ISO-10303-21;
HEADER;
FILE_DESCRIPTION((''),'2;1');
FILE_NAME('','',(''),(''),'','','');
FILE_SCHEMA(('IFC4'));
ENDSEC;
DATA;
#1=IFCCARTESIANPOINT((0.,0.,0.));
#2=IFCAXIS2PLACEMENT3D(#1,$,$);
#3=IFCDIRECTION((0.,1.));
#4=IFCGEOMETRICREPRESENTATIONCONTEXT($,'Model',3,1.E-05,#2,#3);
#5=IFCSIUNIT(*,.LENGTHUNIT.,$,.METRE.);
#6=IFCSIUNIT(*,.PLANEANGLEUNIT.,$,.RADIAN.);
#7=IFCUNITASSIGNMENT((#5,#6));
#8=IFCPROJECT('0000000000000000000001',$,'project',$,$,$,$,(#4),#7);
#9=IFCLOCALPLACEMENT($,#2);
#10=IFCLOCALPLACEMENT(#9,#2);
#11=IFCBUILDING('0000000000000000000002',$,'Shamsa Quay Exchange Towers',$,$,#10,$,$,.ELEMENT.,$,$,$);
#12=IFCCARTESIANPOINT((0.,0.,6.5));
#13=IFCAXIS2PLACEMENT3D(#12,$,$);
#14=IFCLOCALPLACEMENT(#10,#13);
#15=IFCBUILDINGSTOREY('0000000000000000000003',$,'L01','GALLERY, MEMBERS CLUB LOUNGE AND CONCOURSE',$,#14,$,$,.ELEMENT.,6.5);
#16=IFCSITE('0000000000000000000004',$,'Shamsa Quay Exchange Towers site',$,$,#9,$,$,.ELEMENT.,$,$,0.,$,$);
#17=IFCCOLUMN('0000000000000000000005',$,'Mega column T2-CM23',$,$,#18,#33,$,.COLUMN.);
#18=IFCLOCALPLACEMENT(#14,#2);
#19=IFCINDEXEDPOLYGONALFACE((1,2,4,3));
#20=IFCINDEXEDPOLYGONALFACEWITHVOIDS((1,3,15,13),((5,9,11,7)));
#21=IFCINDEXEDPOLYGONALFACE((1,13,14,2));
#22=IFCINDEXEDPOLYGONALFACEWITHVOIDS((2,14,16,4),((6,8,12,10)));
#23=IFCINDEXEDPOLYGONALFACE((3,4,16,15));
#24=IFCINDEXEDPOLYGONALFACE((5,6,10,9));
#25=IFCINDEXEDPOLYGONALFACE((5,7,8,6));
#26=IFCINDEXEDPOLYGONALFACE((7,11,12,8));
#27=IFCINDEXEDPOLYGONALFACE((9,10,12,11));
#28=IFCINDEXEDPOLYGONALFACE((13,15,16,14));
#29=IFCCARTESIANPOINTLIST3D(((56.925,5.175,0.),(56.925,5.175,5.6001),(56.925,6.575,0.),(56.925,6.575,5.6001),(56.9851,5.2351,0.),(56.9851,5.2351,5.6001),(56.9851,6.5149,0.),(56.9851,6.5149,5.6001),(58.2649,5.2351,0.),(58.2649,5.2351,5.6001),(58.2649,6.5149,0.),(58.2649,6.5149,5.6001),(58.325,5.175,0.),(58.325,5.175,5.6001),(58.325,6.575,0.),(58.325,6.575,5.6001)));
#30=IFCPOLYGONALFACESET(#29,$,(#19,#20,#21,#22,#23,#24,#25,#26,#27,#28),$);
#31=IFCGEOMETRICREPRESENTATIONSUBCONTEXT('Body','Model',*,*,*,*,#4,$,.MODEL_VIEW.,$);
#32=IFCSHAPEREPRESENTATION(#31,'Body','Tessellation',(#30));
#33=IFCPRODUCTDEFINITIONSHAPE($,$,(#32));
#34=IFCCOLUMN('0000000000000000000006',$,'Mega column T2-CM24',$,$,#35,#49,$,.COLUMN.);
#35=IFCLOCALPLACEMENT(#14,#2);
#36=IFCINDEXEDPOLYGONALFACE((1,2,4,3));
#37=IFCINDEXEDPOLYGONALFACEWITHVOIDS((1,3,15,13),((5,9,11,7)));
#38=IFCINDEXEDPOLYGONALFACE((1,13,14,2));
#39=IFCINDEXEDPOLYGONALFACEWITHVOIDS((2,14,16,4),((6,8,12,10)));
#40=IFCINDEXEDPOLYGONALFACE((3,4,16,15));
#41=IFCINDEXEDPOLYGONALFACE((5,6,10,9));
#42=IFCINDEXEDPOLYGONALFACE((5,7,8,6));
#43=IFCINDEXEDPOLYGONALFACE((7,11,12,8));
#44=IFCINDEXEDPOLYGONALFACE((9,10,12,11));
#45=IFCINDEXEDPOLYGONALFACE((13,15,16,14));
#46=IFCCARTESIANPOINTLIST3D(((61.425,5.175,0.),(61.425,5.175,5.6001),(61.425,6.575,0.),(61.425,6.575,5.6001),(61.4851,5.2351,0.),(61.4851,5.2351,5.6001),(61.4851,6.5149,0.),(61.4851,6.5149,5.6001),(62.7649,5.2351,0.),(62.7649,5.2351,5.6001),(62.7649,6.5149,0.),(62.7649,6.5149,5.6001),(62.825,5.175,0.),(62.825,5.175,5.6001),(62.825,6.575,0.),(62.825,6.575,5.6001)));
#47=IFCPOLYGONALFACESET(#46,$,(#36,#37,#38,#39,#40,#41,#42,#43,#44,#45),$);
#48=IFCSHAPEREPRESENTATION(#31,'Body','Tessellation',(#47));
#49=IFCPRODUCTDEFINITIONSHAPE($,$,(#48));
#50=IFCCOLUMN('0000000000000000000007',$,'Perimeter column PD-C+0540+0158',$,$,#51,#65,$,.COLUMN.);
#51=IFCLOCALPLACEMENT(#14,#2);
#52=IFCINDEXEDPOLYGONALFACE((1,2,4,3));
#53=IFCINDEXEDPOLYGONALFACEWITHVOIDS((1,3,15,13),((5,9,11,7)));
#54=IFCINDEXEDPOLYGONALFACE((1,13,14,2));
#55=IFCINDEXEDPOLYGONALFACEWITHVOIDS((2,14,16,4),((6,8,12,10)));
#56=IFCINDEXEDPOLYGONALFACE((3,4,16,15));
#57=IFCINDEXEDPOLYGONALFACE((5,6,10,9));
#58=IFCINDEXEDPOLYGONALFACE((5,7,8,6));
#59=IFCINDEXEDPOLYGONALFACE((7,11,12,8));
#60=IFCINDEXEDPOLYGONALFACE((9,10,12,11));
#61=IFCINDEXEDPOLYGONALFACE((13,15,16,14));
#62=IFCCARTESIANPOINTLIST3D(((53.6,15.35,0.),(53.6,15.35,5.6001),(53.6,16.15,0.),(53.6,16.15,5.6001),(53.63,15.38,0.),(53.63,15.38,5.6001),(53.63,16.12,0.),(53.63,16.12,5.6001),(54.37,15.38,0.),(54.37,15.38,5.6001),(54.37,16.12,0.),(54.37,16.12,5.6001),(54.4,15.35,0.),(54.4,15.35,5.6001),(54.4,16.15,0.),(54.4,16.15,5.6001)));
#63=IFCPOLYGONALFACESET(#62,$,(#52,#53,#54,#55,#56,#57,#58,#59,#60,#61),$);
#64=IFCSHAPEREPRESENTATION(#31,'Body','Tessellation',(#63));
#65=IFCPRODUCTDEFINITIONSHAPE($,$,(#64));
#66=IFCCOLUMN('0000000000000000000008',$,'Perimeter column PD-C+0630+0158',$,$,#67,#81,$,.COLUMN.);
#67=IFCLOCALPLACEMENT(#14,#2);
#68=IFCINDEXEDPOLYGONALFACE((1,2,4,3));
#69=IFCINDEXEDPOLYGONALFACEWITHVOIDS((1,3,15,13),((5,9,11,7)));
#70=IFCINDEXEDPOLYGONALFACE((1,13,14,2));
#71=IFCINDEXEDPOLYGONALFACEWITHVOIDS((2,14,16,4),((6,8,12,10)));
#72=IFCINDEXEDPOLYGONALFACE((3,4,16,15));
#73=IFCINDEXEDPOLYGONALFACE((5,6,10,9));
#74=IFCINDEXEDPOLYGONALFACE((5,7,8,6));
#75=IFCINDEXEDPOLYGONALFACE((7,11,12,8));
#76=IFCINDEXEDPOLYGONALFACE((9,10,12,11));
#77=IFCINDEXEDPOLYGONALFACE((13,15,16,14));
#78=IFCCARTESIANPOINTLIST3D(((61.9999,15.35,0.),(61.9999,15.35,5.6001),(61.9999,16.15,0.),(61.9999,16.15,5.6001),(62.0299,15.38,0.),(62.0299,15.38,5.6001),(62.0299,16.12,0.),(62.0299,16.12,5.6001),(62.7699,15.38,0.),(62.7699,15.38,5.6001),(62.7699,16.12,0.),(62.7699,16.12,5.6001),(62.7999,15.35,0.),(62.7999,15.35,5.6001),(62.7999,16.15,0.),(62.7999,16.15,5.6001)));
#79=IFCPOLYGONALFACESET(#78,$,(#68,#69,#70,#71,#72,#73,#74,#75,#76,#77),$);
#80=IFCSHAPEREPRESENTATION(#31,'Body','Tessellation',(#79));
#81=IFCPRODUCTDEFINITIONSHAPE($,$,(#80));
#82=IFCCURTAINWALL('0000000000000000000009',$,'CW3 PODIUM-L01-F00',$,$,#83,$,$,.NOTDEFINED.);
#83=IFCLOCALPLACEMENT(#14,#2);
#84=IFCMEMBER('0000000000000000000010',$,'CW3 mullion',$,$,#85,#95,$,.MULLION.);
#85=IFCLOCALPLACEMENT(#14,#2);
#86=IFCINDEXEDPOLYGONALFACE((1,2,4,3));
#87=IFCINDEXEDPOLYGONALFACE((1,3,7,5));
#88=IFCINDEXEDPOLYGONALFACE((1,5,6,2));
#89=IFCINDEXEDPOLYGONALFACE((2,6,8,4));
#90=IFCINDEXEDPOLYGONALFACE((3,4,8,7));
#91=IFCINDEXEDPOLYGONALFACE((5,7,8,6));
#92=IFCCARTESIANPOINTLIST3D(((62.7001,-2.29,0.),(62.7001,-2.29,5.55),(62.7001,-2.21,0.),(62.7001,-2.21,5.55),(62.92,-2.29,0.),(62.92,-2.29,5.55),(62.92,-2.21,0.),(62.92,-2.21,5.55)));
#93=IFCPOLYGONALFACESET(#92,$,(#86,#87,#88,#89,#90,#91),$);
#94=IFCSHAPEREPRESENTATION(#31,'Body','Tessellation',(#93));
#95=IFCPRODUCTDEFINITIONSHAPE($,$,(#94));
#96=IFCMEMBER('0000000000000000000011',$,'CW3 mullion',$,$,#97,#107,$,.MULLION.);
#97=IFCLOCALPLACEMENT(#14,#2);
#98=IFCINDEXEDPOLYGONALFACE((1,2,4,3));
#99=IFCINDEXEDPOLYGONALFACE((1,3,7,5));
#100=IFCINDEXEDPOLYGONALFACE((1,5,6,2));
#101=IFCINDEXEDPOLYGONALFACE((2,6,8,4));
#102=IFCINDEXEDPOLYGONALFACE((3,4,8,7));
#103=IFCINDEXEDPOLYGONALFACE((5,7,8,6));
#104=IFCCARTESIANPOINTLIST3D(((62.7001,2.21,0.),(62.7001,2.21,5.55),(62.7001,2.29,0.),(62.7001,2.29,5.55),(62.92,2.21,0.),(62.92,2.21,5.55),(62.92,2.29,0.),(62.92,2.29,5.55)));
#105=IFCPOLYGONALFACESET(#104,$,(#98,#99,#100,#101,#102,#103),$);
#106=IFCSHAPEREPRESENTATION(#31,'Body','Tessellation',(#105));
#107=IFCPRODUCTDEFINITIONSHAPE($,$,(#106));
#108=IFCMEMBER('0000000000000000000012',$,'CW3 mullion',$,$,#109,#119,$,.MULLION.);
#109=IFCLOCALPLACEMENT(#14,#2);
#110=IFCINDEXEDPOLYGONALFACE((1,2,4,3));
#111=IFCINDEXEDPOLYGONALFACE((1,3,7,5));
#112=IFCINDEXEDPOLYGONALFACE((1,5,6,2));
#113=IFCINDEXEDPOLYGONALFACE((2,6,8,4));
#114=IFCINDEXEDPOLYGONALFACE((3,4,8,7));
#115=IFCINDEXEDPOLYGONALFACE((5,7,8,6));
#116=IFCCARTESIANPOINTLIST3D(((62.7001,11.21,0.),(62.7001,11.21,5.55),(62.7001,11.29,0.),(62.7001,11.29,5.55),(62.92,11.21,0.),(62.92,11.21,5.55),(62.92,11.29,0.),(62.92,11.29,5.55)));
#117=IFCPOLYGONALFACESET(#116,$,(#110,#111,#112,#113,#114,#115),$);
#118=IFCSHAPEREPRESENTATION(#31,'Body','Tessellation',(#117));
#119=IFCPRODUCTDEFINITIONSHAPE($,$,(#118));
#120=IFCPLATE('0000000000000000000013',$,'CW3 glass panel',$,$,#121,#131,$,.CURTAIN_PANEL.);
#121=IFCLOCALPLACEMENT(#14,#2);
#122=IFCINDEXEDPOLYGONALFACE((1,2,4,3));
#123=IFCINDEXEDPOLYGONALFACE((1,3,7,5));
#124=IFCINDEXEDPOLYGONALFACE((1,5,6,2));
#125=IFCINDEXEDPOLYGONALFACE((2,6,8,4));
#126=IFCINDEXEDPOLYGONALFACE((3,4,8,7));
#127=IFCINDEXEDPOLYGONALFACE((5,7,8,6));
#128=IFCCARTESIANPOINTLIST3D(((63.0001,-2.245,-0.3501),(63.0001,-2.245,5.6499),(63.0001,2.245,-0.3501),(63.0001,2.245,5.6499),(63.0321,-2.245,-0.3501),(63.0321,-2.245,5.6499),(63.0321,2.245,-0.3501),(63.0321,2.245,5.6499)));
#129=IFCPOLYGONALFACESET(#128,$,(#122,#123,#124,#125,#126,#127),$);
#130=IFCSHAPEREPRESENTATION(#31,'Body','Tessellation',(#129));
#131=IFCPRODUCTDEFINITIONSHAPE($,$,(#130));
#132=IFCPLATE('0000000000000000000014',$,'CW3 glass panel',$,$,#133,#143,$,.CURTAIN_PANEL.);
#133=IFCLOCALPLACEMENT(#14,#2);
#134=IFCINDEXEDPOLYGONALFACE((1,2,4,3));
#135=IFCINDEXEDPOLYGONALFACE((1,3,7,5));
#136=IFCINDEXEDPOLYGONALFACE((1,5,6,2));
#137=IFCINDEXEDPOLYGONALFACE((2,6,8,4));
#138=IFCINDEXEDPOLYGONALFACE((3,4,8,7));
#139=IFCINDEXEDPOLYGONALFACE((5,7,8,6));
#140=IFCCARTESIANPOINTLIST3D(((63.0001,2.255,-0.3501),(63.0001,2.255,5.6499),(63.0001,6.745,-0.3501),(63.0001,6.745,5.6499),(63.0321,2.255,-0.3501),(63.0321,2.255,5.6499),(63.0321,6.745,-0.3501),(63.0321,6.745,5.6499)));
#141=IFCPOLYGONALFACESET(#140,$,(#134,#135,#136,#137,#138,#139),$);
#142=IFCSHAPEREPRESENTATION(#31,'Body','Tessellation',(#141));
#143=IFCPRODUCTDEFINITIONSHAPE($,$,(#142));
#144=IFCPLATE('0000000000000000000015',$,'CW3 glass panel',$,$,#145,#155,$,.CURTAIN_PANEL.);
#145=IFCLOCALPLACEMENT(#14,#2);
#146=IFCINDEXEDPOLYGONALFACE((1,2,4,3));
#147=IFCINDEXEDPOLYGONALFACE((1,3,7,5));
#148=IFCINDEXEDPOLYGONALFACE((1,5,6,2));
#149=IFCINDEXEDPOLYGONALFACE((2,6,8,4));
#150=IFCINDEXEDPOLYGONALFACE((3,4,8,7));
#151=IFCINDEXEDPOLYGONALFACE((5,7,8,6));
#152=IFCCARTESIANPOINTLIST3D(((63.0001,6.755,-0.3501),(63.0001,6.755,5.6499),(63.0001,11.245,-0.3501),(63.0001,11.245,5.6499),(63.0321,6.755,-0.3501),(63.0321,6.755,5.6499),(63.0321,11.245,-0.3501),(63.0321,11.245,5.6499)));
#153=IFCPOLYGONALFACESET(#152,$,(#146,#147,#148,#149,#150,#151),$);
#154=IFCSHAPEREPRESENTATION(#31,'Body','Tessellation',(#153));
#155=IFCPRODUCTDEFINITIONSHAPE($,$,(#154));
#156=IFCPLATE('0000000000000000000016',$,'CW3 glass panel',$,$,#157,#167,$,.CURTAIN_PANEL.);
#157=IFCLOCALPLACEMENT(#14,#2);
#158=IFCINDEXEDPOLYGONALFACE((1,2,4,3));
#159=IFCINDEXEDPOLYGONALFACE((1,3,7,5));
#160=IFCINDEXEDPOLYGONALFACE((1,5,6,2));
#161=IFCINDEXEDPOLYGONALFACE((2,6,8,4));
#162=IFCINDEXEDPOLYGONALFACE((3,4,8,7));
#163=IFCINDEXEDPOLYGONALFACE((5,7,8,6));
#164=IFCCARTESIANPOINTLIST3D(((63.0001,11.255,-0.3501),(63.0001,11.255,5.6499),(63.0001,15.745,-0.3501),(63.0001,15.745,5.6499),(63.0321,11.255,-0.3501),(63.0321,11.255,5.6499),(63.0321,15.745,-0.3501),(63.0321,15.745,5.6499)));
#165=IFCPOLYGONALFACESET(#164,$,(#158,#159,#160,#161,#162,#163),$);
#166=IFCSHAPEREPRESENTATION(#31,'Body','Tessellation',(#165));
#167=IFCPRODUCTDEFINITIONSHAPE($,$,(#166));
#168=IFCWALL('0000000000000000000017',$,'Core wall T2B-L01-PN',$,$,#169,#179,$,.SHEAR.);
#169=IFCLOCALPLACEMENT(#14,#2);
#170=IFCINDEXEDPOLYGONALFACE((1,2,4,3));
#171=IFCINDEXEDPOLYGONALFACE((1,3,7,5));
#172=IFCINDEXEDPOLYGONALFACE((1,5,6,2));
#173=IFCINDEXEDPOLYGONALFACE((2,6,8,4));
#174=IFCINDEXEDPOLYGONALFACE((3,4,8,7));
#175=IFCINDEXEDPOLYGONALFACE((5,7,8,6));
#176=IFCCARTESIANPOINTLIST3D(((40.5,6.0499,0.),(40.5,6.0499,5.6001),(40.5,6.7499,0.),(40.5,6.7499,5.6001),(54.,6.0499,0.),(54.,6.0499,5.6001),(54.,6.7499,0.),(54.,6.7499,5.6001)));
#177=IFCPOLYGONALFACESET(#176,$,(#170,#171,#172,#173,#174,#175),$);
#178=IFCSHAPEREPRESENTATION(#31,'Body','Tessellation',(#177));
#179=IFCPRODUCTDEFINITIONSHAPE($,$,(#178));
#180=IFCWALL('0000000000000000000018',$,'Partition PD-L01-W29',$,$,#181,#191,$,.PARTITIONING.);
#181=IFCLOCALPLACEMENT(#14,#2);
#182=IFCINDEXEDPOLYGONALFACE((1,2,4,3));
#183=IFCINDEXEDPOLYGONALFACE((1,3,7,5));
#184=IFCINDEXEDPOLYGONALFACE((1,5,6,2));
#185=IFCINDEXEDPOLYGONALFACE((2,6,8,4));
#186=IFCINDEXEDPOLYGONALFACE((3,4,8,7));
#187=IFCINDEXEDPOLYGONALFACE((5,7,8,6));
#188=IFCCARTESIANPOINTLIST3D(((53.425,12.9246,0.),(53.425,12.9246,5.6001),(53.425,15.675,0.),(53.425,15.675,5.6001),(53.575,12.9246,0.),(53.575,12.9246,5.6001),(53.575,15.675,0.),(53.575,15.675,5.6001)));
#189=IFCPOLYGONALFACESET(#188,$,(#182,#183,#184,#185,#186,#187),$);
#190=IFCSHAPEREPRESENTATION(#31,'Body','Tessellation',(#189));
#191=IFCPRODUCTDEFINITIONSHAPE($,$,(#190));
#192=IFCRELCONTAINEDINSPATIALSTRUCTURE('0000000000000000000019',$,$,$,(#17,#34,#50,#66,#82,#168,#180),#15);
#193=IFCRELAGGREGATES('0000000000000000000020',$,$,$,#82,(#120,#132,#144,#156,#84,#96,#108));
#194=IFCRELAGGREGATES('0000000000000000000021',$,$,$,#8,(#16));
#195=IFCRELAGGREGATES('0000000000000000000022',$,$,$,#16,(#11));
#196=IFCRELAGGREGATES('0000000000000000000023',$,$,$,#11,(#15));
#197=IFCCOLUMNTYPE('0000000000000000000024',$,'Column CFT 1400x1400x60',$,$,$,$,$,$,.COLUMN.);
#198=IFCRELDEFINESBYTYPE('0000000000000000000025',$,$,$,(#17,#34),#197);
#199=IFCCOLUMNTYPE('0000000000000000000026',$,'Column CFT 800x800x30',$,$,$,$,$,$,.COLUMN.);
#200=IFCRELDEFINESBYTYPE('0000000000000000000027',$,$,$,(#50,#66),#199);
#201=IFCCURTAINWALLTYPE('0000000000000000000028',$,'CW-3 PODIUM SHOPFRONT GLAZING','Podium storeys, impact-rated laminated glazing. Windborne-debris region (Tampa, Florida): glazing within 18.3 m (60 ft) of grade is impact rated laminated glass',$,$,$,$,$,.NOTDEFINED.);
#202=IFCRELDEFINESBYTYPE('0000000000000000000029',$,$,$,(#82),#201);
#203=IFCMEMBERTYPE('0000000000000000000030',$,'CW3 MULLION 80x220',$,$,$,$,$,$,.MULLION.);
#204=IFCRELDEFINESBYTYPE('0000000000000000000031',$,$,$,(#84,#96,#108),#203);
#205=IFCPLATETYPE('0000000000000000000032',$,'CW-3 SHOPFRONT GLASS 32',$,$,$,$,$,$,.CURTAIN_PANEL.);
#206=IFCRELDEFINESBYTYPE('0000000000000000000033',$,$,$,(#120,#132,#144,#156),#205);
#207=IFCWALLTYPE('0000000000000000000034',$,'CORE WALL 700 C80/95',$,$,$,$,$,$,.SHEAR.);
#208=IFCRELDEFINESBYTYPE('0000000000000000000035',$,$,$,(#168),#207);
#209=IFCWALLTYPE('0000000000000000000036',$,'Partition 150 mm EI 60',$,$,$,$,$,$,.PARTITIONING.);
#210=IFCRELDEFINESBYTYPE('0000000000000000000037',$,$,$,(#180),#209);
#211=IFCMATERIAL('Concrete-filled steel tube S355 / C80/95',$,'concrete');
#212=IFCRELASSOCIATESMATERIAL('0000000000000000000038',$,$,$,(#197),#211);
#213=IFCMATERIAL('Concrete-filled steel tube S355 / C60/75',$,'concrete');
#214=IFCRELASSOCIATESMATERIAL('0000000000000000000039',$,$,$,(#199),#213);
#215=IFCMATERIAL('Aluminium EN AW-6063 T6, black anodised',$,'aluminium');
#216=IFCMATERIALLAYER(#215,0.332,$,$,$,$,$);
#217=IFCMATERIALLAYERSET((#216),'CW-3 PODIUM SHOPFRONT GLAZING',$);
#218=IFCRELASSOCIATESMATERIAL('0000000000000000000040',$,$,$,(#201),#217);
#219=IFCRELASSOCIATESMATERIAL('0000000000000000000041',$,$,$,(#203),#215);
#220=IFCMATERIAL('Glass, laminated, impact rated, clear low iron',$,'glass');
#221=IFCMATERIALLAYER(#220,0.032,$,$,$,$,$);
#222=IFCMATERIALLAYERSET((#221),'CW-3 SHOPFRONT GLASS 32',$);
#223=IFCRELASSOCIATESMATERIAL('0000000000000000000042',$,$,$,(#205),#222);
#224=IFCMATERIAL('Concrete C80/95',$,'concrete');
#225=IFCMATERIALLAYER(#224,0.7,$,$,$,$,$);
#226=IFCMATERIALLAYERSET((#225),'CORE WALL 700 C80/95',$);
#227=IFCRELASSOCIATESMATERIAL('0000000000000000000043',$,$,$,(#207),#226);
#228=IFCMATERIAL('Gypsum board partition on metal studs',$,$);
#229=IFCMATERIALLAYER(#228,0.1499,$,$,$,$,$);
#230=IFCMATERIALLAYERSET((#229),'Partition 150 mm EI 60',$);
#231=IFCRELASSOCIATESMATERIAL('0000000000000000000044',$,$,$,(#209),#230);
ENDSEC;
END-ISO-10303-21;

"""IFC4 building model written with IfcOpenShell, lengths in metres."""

from ifc_helpers import new_model, si_unit, direction, frame, frame_2d, origin, origin_2d, place, context, subcontext, project, spatial, rectangle, hollow_rectangle, extrude, material, layer, layer_set, material_profile, profile_set, type_object, element, aggregate, save


model = new_model("IFC4")

# Units and contexts
model_context = context("Model", 3, precision=1e-05, world=origin(), true_north=direction((0.0, 1.0)))
body_context = subcontext(model_context, "Body", "Model", "MODEL_VIEW")
ifc_project = project(units=[si_unit("LENGTHUNIT", "METRE"), si_unit("PLANEANGLEUNIT", "RADIAN")], contexts=[model_context])

# Site, building, storey
site_placement = place(None, origin())
site = spatial("IfcSite", under=ifc_project, at=site_placement, Name="Shamsa Quay Exchange Towers site", CompositionType="ELEMENT", RefElevation=0.0)
building_placement = place(site_placement, origin())
building = spatial("IfcBuilding", under=site, at=building_placement, Name="Shamsa Quay Exchange Towers", CompositionType="ELEMENT")
storey_placement = place(building_placement, frame((0.0, 0.0, 6.5)))
storey = spatial("IfcBuildingStorey", under=building, at=storey_placement, Name="L01", Description="GALLERY, MEMBERS CLUB LOUNGE AND CONCOURSE", CompositionType="ELEMENT", Elevation=6.5)

# Columns
ifc_material_1 = material(Name="Concrete-filled steel tube S355 / C80/95", Category="concrete")
ifc_material_profile_1 = material_profile(ifc_material_1, hollow_rectangle(XDim=1.3999, YDim=1.3999, WallThickness=0.0601, at=origin_2d()), Name="CFT 1400x1400x60")
ifc_profile_set_1 = profile_set([ifc_material_profile_1], Name="Concrete-filled steel tube S355 / C80/95")
column_type_1 = type_object("IfcColumnType", Name="Column CFT 1400x1400x60", PredefinedType="COLUMN", material=ifc_profile_set_1)
for number, where, name in (
    (1, (57.625, 5.875, 0.0), "Mega column T2-CM23"),
    (2, (62.125, 5.875, 0.0), "Mega column T2-CM24"),
):
    element("IfcColumn", number, at=place(storey_placement, frame(where)), inside=storey, type_object=column_type_1, Name=name, PredefinedType="COLUMN", context=body_context, shape_type="SweptSolid", body=[
        extrude(hollow_rectangle(XDim=1.3999, YDim=1.3999, WallThickness=0.0601, at=origin_2d()), origin(), (0.0, 0.0, 1.0), 5.6001),
    ])
ifc_material_2 = material(Name="Concrete-filled steel tube S355 / C60/75", Category="concrete")
ifc_material_profile_2 = material_profile(ifc_material_2, hollow_rectangle(XDim=0.8, YDim=0.8, WallThickness=0.03, at=origin_2d()), Name="CFT 800x800x30")
ifc_profile_set_2 = profile_set([ifc_material_profile_2], Name="Concrete-filled steel tube S355 / C60/75")
column_type_2 = type_object("IfcColumnType", Name="Column CFT 800x800x30", PredefinedType="COLUMN", material=ifc_profile_set_2)
for number, where, name in (
    (3, (54.0, 15.75, 0.0), "Perimeter column PD-C+0540+0158"),
    (4, (62.3999, 15.75, 0.0), "Perimeter column PD-C+0630+0158"),
):
    element("IfcColumn", number, at=place(storey_placement, frame(where)), inside=storey, type_object=column_type_2, Name=name, PredefinedType="COLUMN", context=body_context, shape_type="SweptSolid", body=[
        extrude(hollow_rectangle(XDim=0.8, YDim=0.8, WallThickness=0.03, at=origin_2d()), origin(), (0.0, 0.0, 1.0), 5.6001),
    ])

# Curtain wall, members, plates
ifc_material_3 = material(Name="Aluminium EN AW-6063 T6, black anodised", Category="aluminium")
ifc_layer_1 = layer(ifc_material_3, 0.332)
ifc_layer_set_1 = layer_set([ifc_layer_1], Name="CW-3 PODIUM SHOPFRONT GLAZING")
curtain_wall_type = type_object("IfcCurtainWallType", Name="CW-3 PODIUM SHOPFRONT GLAZING", Description="Podium storeys, impact-rated laminated glazing. Windborne-debris region (Tampa, Florida): glazing within 18.3 m (60 ft) of grade is impact rated laminated glass", PredefinedType="NOTDEFINED", material=ifc_layer_set_1)
curtain_wall_placement = place(storey_placement, origin())
curtain_wall = element("IfcCurtainWall", 5, at=curtain_wall_placement, inside=storey, type_object=curtain_wall_type, Name="CW3 PODIUM-L01-F00", PredefinedType="NOTDEFINED")
ifc_material_profile_3 = material_profile(ifc_material_3, rectangle(XDim=0.22, YDim=0.0801, at=origin_2d()), Name="MU80x220")
ifc_profile_set_3 = profile_set([ifc_material_profile_3], Name="Aluminium EN AW-6063 T6, black anodised")
member_type = type_object("IfcMemberType", Name="CW3 MULLION 80x220", PredefinedType="MULLION", material=ifc_profile_set_3)
member_1_placement = place(storey_placement, frame((62.8101, -2.25, 0.0), z_axis=(0.0, 0.0, 1.0), x_axis=(-1.0, 0.0, 0.0)))
member_1 = element("IfcMember", 6, at=member_1_placement, type_object=member_type, Name="CW3 mullion", PredefinedType="MULLION", context=body_context, shape_type="SweptSolid", body=[
    extrude(rectangle(XDim=0.22, YDim=0.0801, at=origin_2d()), origin(), (0.0, 0.0, 1.0), 5.55),
])
member_2_placement = place(storey_placement, frame((62.8101, 2.25, 0.0), z_axis=(0.0, 0.0, 1.0), x_axis=(-1.0, 0.0, 0.0)))
member_2 = element("IfcMember", 7, at=member_2_placement, type_object=member_type, Name="CW3 mullion", PredefinedType="MULLION", context=body_context, shape_type="SweptSolid", body=[
    extrude(rectangle(XDim=0.22, YDim=0.0801, at=origin_2d()), origin(), (0.0, 0.0, 1.0), 5.55),
])
member_3_placement = place(storey_placement, frame((62.8101, 11.25, 0.0), z_axis=(0.0, 0.0, 1.0), x_axis=(-1.0, 0.0, 0.0)))
member_3 = element("IfcMember", 8, at=member_3_placement, type_object=member_type, Name="CW3 mullion", PredefinedType="MULLION", context=body_context, shape_type="SweptSolid", body=[
    extrude(rectangle(XDim=0.22, YDim=0.0801, at=origin_2d()), origin(), (0.0, 0.0, 1.0), 5.55),
])
ifc_material_4 = material(Name="Glass, laminated, impact rated, clear low iron", Category="glass")
ifc_layer_2 = layer(ifc_material_4, 0.032)
ifc_layer_set_2 = layer_set([ifc_layer_2], Name="CW-3 SHOPFRONT GLASS 32")
plate_type = type_object("IfcPlateType", Name="CW-3 SHOPFRONT GLASS 32", PredefinedType="CURTAIN_PANEL", material=ifc_layer_set_2)
plate_1_placement = place(storey_placement, frame((63.0161, 0.0, -0.3501), z_axis=(0.0, 0.0, 1.0), x_axis=(0.0, 1.0, 0.0)))
plate_1 = element("IfcPlate", 9, at=plate_1_placement, type_object=plate_type, Name="CW3 glass panel", PredefinedType="CURTAIN_PANEL", context=body_context, shape_type="SweptSolid", body=[
    extrude(rectangle(XDim=4.49, YDim=0.032, at=origin_2d()), origin(), (0.0, 0.0, 1.0), 6.0),
])
plate_2_placement = place(storey_placement, frame((63.0161, 4.5, -0.3501), z_axis=(0.0, 0.0, 1.0), x_axis=(0.0, 1.0, 0.0)))
plate_2 = element("IfcPlate", 10, at=plate_2_placement, type_object=plate_type, Name="CW3 glass panel", PredefinedType="CURTAIN_PANEL", context=body_context, shape_type="SweptSolid", body=[
    extrude(rectangle(XDim=4.49, YDim=0.032, at=origin_2d()), origin(), (0.0, 0.0, 1.0), 6.0),
])
plate_3_placement = place(storey_placement, frame((63.0161, 9.0, -0.3501), z_axis=(0.0, 0.0, 1.0), x_axis=(0.0, 1.0, 0.0)))
plate_3 = element("IfcPlate", 11, at=plate_3_placement, type_object=plate_type, Name="CW3 glass panel", PredefinedType="CURTAIN_PANEL", context=body_context, shape_type="SweptSolid", body=[
    extrude(rectangle(XDim=4.49, YDim=0.032, at=origin_2d()), origin(), (0.0, 0.0, 1.0), 6.0),
])
plate_4_placement = place(storey_placement, frame((63.0161, 13.5, -0.3501), z_axis=(0.0, 0.0, 1.0), x_axis=(0.0, 1.0, 0.0)))
plate_4 = element("IfcPlate", 12, at=plate_4_placement, type_object=plate_type, Name="CW3 glass panel", PredefinedType="CURTAIN_PANEL", context=body_context, shape_type="SweptSolid", body=[
    extrude(rectangle(XDim=4.49, YDim=0.032, at=origin_2d()), origin(), (0.0, 0.0, 1.0), 6.0),
])
aggregate(curtain_wall, [plate_1, plate_2, plate_3, plate_4, member_1, member_2, member_3])

# Wall
ifc_material_5 = material(Name="Concrete C80/95", Category="concrete")
ifc_layer_3 = layer(ifc_material_5, 0.7)
ifc_layer_set_3 = layer_set([ifc_layer_3], Name="CORE WALL 700 C80/95")
wall_type_1 = type_object("IfcWallType", Name="CORE WALL 700 C80/95", PredefinedType="SHEAR", material=ifc_layer_set_3)
wall_1_placement = place(storey_placement, frame((54.0, 6.3999, 0.0), z_axis=(0.0, 0.0, 1.0), x_axis=(-1.0, 0.0, 0.0)))
element("IfcWall", 13, at=wall_1_placement, inside=storey, type_object=wall_type_1, Name="Core wall T2B-L01-PN", PredefinedType="SHEAR", context=body_context, shape_type="SweptSolid", body=[
    extrude(rectangle(XDim=13.5, YDim=0.7, at=frame_2d((6.75, 0.0))), origin(), (0.0, 0.0, 1.0), 5.6001),
])

# Shared definitions
ifc_material_6 = material(Name="Gypsum board partition on metal studs")
ifc_layer_4 = layer(ifc_material_6, 0.1499)
ifc_layer_set_4 = layer_set([ifc_layer_4], Name="Partition 150 mm EI 60")
wall_type_2 = type_object("IfcWallType", Name="Partition 150 mm EI 60", PredefinedType="PARTITIONING", material=ifc_layer_set_4)

# Wall
wall_2_placement = place(storey_placement, frame((53.5, 15.675, 0.0), z_axis=(0.0, 0.0, 1.0), x_axis=(0.0, -1.0, 0.0)))
element("IfcWall", 14, at=wall_2_placement, inside=storey, type_object=wall_type_2, Name="Partition PD-L01-W29", PredefinedType="PARTITIONING", context=body_context, shape_type="SweptSolid", body=[
    extrude(rectangle(XDim=2.7505, YDim=0.1499, at=frame_2d((1.3752, 0.0))), origin(), (0.0, 0.0, 1.0), 5.6001),
])

save(model, "model.ifc")
